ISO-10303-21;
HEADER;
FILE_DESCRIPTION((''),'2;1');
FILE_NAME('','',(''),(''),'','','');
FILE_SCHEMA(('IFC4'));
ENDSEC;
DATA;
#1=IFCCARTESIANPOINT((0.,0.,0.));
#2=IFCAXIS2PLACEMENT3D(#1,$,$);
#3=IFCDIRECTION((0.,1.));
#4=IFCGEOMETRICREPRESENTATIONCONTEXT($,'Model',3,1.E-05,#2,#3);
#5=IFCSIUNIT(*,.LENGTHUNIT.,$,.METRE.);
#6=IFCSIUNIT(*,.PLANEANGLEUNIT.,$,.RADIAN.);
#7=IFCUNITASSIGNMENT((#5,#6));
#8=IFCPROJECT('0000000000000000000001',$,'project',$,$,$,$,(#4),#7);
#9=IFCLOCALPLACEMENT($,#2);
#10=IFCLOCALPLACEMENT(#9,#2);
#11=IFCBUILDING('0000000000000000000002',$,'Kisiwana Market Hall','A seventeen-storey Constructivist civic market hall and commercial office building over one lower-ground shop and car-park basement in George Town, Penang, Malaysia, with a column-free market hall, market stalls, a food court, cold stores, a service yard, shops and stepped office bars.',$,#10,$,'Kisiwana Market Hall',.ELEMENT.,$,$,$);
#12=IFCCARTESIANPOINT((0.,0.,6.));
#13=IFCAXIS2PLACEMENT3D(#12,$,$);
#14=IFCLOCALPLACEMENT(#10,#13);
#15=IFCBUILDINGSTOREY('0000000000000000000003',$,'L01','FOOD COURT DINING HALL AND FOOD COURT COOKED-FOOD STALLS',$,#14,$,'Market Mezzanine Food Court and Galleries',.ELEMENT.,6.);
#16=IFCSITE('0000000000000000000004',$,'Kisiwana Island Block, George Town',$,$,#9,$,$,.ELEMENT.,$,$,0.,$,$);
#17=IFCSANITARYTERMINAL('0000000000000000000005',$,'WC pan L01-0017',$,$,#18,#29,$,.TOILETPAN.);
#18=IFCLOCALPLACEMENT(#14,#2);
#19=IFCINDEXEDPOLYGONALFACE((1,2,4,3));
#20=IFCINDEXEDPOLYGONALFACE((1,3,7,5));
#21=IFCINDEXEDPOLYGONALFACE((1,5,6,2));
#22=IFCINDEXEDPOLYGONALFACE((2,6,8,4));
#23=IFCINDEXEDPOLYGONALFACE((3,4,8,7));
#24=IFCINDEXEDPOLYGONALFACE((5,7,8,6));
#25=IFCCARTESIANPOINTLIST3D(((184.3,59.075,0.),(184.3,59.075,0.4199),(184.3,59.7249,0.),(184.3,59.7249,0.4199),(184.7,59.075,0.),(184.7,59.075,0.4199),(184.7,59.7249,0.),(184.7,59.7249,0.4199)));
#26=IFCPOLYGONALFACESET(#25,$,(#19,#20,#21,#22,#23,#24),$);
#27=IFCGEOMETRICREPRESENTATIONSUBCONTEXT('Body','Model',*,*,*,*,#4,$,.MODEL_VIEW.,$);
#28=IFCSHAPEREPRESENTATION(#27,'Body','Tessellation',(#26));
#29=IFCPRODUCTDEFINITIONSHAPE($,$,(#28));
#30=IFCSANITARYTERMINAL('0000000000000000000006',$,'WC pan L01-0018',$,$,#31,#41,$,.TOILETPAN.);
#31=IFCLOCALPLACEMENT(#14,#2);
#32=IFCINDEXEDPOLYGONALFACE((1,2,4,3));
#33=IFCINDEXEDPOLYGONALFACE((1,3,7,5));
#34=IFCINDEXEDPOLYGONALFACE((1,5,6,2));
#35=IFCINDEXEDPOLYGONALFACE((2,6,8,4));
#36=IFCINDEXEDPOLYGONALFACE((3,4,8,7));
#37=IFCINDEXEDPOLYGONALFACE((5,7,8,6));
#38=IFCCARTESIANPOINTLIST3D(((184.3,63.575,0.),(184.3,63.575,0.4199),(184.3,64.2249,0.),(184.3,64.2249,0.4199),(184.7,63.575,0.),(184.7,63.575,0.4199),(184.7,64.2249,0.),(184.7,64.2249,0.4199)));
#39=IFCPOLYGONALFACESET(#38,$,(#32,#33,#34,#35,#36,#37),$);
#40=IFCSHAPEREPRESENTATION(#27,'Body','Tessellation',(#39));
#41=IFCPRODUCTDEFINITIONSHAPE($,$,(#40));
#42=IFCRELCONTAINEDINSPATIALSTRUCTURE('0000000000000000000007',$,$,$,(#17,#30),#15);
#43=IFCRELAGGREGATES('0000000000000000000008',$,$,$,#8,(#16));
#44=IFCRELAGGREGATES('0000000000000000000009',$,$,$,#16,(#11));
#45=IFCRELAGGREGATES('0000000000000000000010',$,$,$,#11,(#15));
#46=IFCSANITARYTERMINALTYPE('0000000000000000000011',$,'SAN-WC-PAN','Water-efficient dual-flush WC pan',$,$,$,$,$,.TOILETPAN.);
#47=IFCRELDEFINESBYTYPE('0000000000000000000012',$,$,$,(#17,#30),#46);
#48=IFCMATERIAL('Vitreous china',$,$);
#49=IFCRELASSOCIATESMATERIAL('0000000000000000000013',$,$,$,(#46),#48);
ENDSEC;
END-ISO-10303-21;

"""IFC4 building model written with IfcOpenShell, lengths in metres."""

from ifc_helpers import new_model, si_unit, direction, frame, origin, origin_2d, place, context, subcontext, project, spatial, rectangle, extrude, material, type_object, element, save


model = new_model("IFC4")

# Units and contexts
model_context = context("Model", 3, precision=1e-05, world=origin(), true_north=direction((0.0, 1.0)))
body_context = subcontext(model_context, "Body", "Model", "MODEL_VIEW")
ifc_project = project(units=[si_unit("LENGTHUNIT", "METRE"), si_unit("PLANEANGLEUNIT", "RADIAN")], contexts=[model_context])

# Site, building, storey
site_placement = place(None, origin())
site = spatial("IfcSite", under=ifc_project, at=site_placement, Name="Kisiwana Island Block, George Town", CompositionType="ELEMENT", RefElevation=0.0)
building_placement = place(site_placement, origin())
building = spatial("IfcBuilding", under=site, at=building_placement, Name="Kisiwana Market Hall", Description="A seventeen-storey Constructivist civic market hall and commercial office building over one lower-ground shop and car-park basement in George Town, Penang, Malaysia, with a column-free market hall, market stalls, a food court, cold stores, a service yard, shops and stepped office bars.", LongName="Kisiwana Market Hall", CompositionType="ELEMENT")
storey_placement = place(building_placement, frame((0.0, 0.0, 6.0)))
storey = spatial("IfcBuildingStorey", under=building, at=storey_placement, Name="L01", Description="FOOD COURT DINING HALL AND FOOD COURT COOKED-FOOD STALLS", LongName="Market Mezzanine Food Court and Galleries", CompositionType="ELEMENT", Elevation=6.0)

# Sanitary terminals
ifc_material_1 = material(Name="Vitreous china")
sanitary_terminal_type_1 = type_object("IfcSanitaryTerminalType", Name="SAN-WC-PAN", Description="Water-efficient dual-flush WC pan", PredefinedType="TOILETPAN", material=ifc_material_1)
for number, where, z_axis, x_axis, name in (
    (1, (184.5, 59.3999, 0.0), (0.0, 0.0, 1.0), (1.0, 0.0, 0.0), "WC pan L01-0017"),
    (2, (184.5, 63.8999, 0.0), (0.0, 0.0, 1.0), (1.0, 0.0, 0.0), "WC pan L01-0018"),
):
    element("IfcSanitaryTerminal", number, at=place(storey_placement, frame(where, z_axis=z_axis, x_axis=x_axis)), inside=storey, type_object=sanitary_terminal_type_1, Name=name, PredefinedType="TOILETPAN", context=body_context, shape_type="SweptSolid", body=[
        extrude(rectangle(XDim=0.3999, YDim=0.6499, at=origin_2d()), origin(), (0.0, 0.0, 1.0), 0.4199),
    ])

save(model, "model.ifc")
